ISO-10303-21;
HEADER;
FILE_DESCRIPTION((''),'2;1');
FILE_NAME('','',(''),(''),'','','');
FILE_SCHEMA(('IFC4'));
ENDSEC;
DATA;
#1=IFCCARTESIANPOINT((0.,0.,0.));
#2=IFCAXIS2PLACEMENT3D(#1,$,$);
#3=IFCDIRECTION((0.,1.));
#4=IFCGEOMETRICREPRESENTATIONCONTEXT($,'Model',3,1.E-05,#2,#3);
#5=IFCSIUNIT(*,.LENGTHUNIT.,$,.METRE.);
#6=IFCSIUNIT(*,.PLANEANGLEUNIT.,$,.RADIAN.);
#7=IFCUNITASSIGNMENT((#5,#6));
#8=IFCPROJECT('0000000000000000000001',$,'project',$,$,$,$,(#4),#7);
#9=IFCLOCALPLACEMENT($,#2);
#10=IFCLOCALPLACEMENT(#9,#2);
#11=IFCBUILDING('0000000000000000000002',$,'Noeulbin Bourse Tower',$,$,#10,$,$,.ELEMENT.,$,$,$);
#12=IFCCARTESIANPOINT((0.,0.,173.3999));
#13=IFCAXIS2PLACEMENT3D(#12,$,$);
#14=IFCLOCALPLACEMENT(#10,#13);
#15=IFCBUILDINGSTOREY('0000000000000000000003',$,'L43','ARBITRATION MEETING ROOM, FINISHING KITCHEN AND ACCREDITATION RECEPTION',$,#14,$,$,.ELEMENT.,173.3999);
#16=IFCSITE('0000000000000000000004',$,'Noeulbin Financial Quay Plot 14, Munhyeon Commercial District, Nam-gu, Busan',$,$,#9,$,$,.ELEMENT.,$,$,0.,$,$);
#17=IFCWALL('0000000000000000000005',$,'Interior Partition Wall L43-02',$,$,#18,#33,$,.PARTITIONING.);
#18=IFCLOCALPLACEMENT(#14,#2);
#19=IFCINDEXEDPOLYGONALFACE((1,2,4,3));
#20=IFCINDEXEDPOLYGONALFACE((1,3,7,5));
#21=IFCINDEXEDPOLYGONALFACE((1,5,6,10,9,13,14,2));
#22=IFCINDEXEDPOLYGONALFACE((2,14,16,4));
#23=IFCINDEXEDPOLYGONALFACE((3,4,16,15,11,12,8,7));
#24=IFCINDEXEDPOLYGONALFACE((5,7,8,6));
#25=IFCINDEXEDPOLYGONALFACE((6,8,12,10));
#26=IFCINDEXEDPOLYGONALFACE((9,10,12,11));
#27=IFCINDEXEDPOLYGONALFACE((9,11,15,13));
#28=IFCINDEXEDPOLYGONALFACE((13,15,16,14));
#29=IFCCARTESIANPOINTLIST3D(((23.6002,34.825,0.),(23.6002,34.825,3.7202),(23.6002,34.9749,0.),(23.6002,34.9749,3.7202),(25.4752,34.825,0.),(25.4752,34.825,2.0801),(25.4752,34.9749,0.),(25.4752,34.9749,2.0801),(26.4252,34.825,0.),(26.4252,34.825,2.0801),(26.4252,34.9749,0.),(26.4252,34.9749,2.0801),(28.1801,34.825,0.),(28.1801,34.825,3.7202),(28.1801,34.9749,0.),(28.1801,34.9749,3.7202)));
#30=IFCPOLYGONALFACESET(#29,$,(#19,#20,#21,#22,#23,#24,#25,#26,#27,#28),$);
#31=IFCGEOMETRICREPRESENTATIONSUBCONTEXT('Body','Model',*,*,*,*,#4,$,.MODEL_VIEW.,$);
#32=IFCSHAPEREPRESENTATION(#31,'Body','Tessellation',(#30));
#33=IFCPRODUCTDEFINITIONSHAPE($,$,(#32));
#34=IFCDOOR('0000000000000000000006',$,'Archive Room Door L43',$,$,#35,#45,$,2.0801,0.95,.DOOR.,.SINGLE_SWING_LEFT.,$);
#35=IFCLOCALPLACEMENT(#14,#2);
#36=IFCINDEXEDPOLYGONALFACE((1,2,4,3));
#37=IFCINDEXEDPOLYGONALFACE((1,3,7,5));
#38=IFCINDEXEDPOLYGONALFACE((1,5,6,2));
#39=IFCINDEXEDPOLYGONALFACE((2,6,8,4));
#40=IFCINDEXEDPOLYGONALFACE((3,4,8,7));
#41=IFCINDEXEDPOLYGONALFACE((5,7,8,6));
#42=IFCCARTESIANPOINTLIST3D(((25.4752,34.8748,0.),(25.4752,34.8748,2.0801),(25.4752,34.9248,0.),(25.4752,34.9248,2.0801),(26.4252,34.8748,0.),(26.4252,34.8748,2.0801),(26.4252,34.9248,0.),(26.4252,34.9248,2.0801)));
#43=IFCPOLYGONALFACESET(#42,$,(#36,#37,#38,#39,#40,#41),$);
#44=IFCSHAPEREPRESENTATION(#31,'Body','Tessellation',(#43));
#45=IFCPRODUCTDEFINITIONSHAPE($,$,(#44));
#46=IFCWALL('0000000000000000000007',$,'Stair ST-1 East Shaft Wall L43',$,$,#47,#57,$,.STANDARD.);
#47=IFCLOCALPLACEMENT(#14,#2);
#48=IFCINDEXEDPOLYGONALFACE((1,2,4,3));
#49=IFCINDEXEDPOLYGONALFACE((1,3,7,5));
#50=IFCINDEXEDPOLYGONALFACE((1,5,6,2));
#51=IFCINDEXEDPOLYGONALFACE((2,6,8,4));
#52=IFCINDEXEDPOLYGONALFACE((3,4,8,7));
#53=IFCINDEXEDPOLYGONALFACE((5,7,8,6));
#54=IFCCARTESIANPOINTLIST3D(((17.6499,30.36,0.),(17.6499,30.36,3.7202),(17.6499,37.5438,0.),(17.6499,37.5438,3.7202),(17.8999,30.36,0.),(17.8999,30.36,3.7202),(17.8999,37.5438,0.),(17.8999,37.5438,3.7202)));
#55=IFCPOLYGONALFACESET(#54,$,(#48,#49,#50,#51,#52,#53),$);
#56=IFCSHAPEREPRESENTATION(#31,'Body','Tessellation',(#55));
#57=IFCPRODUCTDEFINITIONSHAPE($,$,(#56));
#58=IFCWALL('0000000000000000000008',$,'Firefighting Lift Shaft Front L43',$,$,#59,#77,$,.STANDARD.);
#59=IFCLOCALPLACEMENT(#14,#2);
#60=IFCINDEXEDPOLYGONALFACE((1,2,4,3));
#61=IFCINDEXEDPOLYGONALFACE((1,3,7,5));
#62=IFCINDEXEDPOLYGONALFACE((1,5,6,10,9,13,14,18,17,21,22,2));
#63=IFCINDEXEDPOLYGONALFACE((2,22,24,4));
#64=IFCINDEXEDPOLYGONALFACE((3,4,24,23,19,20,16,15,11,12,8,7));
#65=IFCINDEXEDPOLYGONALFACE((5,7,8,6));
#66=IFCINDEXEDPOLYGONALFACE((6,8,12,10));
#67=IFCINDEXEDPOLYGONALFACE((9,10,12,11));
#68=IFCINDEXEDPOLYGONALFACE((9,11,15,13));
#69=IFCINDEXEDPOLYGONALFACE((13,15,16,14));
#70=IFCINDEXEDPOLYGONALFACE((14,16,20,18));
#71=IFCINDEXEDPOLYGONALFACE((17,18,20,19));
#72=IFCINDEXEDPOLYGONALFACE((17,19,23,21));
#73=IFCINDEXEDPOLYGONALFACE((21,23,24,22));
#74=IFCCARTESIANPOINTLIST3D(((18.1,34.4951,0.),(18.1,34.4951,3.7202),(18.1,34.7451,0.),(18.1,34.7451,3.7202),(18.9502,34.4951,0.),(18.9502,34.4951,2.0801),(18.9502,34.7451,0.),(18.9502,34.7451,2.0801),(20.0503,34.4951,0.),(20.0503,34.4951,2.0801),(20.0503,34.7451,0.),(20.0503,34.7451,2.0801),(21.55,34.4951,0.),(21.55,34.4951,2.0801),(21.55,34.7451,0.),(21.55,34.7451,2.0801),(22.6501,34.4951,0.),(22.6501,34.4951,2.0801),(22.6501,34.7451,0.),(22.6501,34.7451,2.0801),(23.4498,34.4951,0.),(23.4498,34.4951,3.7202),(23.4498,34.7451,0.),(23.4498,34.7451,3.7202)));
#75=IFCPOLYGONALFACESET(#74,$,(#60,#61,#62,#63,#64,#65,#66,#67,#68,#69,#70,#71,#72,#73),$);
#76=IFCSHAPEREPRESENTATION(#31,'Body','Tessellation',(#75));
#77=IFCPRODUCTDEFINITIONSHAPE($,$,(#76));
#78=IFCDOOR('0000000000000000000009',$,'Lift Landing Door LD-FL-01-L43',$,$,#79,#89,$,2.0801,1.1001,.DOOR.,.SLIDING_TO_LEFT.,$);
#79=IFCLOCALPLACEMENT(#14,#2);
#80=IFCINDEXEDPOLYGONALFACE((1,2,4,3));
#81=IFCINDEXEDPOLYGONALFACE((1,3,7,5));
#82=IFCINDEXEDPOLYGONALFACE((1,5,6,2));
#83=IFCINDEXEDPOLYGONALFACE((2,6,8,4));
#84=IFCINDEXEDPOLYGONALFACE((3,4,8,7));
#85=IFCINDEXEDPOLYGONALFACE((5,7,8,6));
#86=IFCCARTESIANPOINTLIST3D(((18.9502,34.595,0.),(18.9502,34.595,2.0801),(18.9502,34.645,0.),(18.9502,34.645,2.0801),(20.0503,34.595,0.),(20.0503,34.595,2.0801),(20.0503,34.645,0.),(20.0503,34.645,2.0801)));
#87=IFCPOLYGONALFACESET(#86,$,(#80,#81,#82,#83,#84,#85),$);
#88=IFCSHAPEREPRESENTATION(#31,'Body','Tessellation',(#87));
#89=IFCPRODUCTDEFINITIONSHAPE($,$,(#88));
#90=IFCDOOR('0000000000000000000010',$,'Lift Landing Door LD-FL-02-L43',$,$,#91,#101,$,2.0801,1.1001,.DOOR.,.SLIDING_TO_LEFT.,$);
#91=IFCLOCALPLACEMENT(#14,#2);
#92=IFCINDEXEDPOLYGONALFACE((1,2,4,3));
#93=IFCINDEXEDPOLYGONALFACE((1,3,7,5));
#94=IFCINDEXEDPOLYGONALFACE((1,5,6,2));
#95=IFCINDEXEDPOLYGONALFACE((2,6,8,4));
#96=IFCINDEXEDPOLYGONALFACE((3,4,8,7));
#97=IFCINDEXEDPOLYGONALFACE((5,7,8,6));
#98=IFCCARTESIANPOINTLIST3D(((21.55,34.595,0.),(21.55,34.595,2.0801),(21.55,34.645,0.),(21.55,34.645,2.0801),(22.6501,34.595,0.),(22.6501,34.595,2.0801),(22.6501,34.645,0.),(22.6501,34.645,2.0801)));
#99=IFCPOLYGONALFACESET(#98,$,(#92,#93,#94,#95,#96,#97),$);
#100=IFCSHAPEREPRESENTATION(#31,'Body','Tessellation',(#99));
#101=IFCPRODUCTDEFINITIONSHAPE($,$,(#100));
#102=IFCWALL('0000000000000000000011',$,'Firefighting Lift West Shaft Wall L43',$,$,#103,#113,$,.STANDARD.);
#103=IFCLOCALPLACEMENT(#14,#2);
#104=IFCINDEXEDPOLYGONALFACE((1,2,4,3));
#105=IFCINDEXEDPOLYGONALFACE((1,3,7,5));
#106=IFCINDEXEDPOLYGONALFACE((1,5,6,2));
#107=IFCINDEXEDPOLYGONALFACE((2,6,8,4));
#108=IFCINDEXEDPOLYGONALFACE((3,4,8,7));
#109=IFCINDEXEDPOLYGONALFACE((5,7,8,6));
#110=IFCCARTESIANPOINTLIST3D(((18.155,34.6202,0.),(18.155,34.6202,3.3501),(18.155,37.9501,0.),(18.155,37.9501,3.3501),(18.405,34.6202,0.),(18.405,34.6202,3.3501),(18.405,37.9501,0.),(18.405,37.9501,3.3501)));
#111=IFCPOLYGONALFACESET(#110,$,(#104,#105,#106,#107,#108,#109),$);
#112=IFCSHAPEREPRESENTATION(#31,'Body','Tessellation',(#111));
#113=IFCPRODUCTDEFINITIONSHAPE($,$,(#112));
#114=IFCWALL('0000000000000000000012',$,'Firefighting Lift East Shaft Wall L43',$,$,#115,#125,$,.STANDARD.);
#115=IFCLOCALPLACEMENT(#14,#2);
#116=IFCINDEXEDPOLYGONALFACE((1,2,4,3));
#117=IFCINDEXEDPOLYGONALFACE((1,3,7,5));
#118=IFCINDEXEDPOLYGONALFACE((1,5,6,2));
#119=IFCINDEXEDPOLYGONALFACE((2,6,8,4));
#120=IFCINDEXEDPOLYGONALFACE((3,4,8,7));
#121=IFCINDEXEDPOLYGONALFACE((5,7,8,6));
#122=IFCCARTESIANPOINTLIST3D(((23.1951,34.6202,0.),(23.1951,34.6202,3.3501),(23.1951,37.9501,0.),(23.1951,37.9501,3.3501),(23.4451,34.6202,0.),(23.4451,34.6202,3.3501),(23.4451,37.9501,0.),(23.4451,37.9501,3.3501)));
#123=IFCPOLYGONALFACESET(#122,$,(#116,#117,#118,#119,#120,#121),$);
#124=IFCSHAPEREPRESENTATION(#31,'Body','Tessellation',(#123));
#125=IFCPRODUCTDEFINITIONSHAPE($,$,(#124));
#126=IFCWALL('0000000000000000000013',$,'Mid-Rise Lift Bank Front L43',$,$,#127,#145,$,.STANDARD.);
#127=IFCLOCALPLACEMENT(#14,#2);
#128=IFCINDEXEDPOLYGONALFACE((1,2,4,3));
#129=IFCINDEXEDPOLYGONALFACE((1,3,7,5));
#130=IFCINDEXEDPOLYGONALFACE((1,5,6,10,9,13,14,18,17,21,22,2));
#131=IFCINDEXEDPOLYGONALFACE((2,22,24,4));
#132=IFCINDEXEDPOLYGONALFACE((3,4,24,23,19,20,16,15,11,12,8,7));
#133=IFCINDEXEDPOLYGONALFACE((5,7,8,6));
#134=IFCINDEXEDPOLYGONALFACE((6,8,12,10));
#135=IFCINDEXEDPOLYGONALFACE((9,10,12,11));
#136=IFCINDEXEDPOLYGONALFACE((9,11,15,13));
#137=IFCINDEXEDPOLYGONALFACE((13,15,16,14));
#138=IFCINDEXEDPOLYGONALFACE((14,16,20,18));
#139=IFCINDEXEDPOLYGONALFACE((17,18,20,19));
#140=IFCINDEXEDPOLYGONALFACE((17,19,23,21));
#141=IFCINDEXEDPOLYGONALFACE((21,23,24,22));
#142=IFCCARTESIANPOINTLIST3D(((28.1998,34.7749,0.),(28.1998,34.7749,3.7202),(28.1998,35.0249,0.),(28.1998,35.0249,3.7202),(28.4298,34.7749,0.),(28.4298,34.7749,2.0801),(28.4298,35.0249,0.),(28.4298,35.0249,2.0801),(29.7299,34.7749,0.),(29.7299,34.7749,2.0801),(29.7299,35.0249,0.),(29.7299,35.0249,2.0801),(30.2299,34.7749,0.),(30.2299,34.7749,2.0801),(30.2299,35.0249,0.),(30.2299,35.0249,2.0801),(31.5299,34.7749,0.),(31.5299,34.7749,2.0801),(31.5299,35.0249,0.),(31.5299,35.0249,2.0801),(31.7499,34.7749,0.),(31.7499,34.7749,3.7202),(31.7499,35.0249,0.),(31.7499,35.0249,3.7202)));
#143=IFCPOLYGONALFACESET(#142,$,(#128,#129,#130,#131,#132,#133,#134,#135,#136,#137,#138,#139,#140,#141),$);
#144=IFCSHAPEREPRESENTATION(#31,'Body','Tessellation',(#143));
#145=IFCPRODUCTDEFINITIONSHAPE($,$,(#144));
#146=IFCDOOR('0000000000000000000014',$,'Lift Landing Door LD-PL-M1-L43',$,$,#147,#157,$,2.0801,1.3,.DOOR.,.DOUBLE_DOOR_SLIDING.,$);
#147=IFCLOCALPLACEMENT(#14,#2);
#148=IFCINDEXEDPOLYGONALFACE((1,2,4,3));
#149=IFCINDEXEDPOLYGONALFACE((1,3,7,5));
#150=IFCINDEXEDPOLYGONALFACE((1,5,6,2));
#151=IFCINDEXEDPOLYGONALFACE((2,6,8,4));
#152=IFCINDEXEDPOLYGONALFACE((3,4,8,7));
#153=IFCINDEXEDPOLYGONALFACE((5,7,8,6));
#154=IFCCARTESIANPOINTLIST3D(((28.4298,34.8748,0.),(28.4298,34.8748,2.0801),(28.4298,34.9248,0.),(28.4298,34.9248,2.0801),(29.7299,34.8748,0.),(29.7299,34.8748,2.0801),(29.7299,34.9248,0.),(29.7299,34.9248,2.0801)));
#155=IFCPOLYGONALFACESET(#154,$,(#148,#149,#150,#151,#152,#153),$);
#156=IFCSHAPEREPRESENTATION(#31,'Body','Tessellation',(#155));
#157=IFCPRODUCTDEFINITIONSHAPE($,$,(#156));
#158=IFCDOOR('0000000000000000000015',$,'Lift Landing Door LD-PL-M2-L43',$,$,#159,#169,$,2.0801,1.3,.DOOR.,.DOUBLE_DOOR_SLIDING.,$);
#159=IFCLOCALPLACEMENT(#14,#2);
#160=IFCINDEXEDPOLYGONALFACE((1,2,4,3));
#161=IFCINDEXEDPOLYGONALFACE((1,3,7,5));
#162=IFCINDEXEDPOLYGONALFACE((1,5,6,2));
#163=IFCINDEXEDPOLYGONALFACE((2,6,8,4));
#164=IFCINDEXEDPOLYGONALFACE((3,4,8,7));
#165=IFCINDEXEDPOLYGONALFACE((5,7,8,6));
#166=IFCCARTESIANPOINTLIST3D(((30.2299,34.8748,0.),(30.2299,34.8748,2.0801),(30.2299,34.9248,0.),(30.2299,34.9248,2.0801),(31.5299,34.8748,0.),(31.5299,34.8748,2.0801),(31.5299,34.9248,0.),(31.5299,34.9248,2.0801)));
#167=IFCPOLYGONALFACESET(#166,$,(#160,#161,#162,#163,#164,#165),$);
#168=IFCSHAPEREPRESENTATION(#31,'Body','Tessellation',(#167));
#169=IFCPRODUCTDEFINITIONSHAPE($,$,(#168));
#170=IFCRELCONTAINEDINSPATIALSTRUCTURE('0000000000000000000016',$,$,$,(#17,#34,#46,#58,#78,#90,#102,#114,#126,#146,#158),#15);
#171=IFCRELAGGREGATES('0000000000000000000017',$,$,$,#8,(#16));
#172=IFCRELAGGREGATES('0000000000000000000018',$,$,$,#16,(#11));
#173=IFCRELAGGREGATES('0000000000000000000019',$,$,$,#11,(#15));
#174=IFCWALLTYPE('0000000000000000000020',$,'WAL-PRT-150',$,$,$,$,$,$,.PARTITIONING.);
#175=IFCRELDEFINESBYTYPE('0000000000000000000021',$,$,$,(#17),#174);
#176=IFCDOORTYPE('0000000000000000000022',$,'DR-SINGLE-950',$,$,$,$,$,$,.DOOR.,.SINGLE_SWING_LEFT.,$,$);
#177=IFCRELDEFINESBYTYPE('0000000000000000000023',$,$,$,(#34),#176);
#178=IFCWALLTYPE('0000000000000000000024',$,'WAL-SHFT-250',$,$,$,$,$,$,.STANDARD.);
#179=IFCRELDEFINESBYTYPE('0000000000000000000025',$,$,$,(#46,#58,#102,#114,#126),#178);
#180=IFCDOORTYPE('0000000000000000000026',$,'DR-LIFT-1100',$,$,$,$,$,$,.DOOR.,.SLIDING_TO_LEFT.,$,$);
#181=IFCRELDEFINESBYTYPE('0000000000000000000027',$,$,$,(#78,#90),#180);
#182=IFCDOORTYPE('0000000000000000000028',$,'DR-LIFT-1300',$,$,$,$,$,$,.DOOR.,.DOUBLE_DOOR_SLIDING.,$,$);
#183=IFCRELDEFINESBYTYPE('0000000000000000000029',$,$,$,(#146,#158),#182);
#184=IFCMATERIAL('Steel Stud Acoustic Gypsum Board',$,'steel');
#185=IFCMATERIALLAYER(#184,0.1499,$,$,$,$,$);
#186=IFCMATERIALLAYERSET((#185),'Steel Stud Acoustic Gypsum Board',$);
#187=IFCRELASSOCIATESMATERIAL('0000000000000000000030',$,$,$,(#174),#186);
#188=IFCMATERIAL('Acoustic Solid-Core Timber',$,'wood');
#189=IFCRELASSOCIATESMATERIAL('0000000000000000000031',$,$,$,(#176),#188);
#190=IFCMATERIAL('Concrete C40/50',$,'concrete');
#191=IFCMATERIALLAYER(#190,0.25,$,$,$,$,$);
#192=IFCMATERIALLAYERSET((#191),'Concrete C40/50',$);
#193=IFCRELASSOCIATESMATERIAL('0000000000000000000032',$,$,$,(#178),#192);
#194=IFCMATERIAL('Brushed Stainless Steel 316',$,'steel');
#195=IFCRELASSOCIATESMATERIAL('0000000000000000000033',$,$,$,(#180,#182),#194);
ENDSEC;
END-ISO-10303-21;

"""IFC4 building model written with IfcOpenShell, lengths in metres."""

from ifc_helpers import new_model, si_unit, direction, frame, frame_2d, origin, place, context, subcontext, project, spatial, rectangle, extrude, material, layer, layer_set, type_object, element, fill, save


model = new_model("IFC4")

# Units and contexts
model_context = context("Model", 3, precision=1e-05, world=origin(), true_north=direction((0.0, 1.0)))
body_context = subcontext(model_context, "Body", "Model", "MODEL_VIEW")
ifc_project = project(units=[si_unit("LENGTHUNIT", "METRE"), si_unit("PLANEANGLEUNIT", "RADIAN")], contexts=[model_context])

# Site, building, storey
site_placement = place(None, origin())
site = spatial("IfcSite", under=ifc_project, at=site_placement, Name="Noeulbin Financial Quay Plot 14, Munhyeon Commercial District, Nam-gu, Busan", CompositionType="ELEMENT", RefElevation=0.0)
building_placement = place(site_placement, origin())
building = spatial("IfcBuilding", under=site, at=building_placement, Name="Noeulbin Bourse Tower", CompositionType="ELEMENT")
storey_placement = place(building_placement, frame((0.0, 0.0, 173.3999)))
storey = spatial("IfcBuildingStorey", under=building, at=storey_placement, Name="L43", Description="ARBITRATION MEETING ROOM, FINISHING KITCHEN AND ACCREDITATION RECEPTION", CompositionType="ELEMENT", Elevation=173.3999)

# Shared definitions
ifc_material_1 = material(Name="Concrete C40/50", Category="concrete")

# Wall, opening, door
ifc_material_2 = material(Name="Steel Stud Acoustic Gypsum Board", Category="steel")
ifc_layer_1 = layer(ifc_material_2, 0.1499)
ifc_layer_set_1 = layer_set([ifc_layer_1], Name="Steel Stud Acoustic Gypsum Board")
wall_type_1 = type_object("IfcWallType", Name="WAL-PRT-150", PredefinedType="PARTITIONING", material=ifc_layer_set_1)
wall_1_placement = place(storey_placement, frame((23.6001, 34.8999, 0.0), z_axis=(0.0, 0.0, 1.0), x_axis=(1.0, 0.0, 0.0)))
wall_1 = element("IfcWall", 1, at=wall_1_placement, inside=storey, type_object=wall_type_1, Name="Interior Partition Wall L43-02", PredefinedType="PARTITIONING", context=body_context, shape_type="SweptSolid", body=[
    extrude(rectangle(XDim=4.5798, YDim=0.1499, at=frame_2d((2.29, 0.0))), origin(), (0.0, 0.0, 1.0), 3.7202),
])
opening_1_placement = place(wall_1_placement, frame((1.875, 0.0, 0.0)))
opening_1 = element("IfcOpeningElement", 2, at=opening_1_placement, cuts=wall_1, PredefinedType="OPENING", context=body_context, shape_type="SweptSolid", body=[
    extrude(rectangle(XDim=0.95, YDim=2.0801, at=frame_2d((0.4751, 1.04))), frame((0.0, 0.085, 0.0), z_axis=(0.0, -1.0, 0.0), x_axis=(1.0, 0.0, 0.0)), (0.0, 0.0, 1.0), 0.1699),
])
ifc_material_3 = material(Name="Acoustic Solid-Core Timber", Category="wood")
door_type_1 = type_object("IfcDoorType", Name="DR-SINGLE-950", OperationType="SINGLE_SWING_LEFT", PredefinedType="DOOR", material=ifc_material_3)
door_1_placement = place(opening_1_placement, origin())
door_1 = element("IfcDoor", 3, at=door_1_placement, inside=storey, type_object=door_type_1, Name="Archive Room Door L43", OperationType="SINGLE_SWING_LEFT", OverallHeight=2.0801, OverallWidth=0.95, PredefinedType="DOOR", context=body_context, shape_type="SweptSolid", body=[
    extrude(rectangle(XDim=0.95, YDim=2.0801, at=frame_2d((0.4751, 1.04))), frame((0.0, 0.0249, 0.0), z_axis=(0.0, -1.0, 0.0), x_axis=(1.0, 0.0, 0.0)), (0.0, 0.0, 1.0), 0.05),
])
fill(opening_1, door_1)

# Wall
ifc_layer_2 = layer(ifc_material_1, 0.25)
ifc_layer_set_2 = layer_set([ifc_layer_2], Name="Concrete C40/50")
wall_type_2 = type_object("IfcWallType", Name="WAL-SHFT-250", PredefinedType="STANDARD", material=ifc_layer_set_2)
wall_2_placement = place(storey_placement, frame((17.7749, 30.3601, 0.0), z_axis=(0.0, 0.0, 1.0), x_axis=(0.0, 1.0, 0.0)))
element("IfcWall", 4, at=wall_2_placement, inside=storey, type_object=wall_type_2, Name="Stair ST-1 East Shaft Wall L43", PredefinedType="STANDARD", context=body_context, shape_type="SweptSolid", body=[
    extrude(rectangle(XDim=7.1838, YDim=0.25, at=frame_2d((3.5918, 0.0))), origin(), (0.0, 0.0, 1.0), 3.7202),
])

# Wall, openings, doors
wall_3_placement = place(storey_placement, frame((18.1001, 34.6201, 0.0), z_axis=(0.0, 0.0, 1.0), x_axis=(1.0, 0.0, 0.0)))
wall_3 = element("IfcWall", 5, at=wall_3_placement, inside=storey, type_object=wall_type_2, Name="Firefighting Lift Shaft Front L43", PredefinedType="STANDARD", context=body_context, shape_type="SweptSolid", body=[
    extrude(rectangle(XDim=5.3499, YDim=0.25, at=frame_2d((2.6748, 0.0))), origin(), (0.0, 0.0, 1.0), 3.7202),
])
opening_2_placement = place(wall_3_placement, frame((0.8501, 0.0, 0.0)))
opening_2 = element("IfcOpeningElement", 6, at=opening_2_placement, cuts=wall_3, PredefinedType="OPENING", context=body_context, shape_type="SweptSolid", body=[
    extrude(rectangle(XDim=1.1001, YDim=2.0801, at=frame_2d((0.55, 1.04))), frame((0.0, 0.135, 0.0), z_axis=(0.0, -1.0, 0.0), x_axis=(1.0, 0.0, 0.0)), (0.0, 0.0, 1.0), 0.27),
])
opening_3_placement = place(wall_3_placement, frame((3.45, 0.0, 0.0)))
opening_3 = element("IfcOpeningElement", 7, at=opening_3_placement, cuts=wall_3, PredefinedType="OPENING", context=body_context, shape_type="SweptSolid", body=[
    extrude(rectangle(XDim=1.1001, YDim=2.0801, at=frame_2d((0.55, 1.04))), frame((0.0, 0.135, 0.0), z_axis=(0.0, -1.0, 0.0), x_axis=(1.0, 0.0, 0.0)), (0.0, 0.0, 1.0), 0.27),
])
ifc_material_4 = material(Name="Brushed Stainless Steel 316", Category="steel")
door_type_2 = type_object("IfcDoorType", Name="DR-LIFT-1100", OperationType="SLIDING_TO_LEFT", PredefinedType="DOOR", material=ifc_material_4)
door_2_placement = place(opening_2_placement, origin())
door_2 = element("IfcDoor", 8, at=door_2_placement, inside=storey, type_object=door_type_2, Name="Lift Landing Door LD-FL-01-L43", OperationType="SLIDING_TO_LEFT", OverallHeight=2.0801, OverallWidth=1.1001, PredefinedType="DOOR", context=body_context, shape_type="SweptSolid", body=[
    extrude(rectangle(XDim=1.1001, YDim=2.0801, at=frame_2d((0.55, 1.04))), frame((0.0, 0.0249, 0.0), z_axis=(0.0, -1.0, 0.0), x_axis=(1.0, 0.0, 0.0)), (0.0, 0.0, 1.0), 0.05),
])
fill(opening_2, door_2)
door_3_placement = place(opening_3_placement, origin())
door_3 = element("IfcDoor", 9, at=door_3_placement, inside=storey, type_object=door_type_2, Name="Lift Landing Door LD-FL-02-L43", OperationType="SLIDING_TO_LEFT", OverallHeight=2.0801, OverallWidth=1.1001, PredefinedType="DOOR", context=body_context, shape_type="SweptSolid", body=[
    extrude(rectangle(XDim=1.1001, YDim=2.0801, at=frame_2d((0.55, 1.04))), frame((0.0, 0.0249, 0.0), z_axis=(0.0, -1.0, 0.0), x_axis=(1.0, 0.0, 0.0)), (0.0, 0.0, 1.0), 0.05),
])
fill(opening_3, door_3)

# Walls
for number, where, z_axis, x_axis, name in (
    (10, (18.28, 34.6201, 0.0), (0.0, 0.0, 1.0), (0.0, 1.0, 0.0), "Firefighting Lift West Shaft Wall L43"),
    (11, (23.3201, 34.6201, 0.0), (0.0, 0.0, 1.0), (0.0, 1.0, 0.0), "Firefighting Lift East Shaft Wall L43"),
):
    element("IfcWall", number, at=place(storey_placement, frame(where, z_axis=z_axis, x_axis=x_axis)), inside=storey, type_object=wall_type_2, Name=name, PredefinedType="STANDARD", context=body_context, shape_type="SweptSolid", body=[
        extrude(rectangle(XDim=3.3298, YDim=0.25, at=frame_2d((1.665, 0.0))), origin(), (0.0, 0.0, 1.0), 3.3501),
    ])

# Wall, openings, doors
wall_4_placement = place(storey_placement, frame((28.2, 34.8999, 0.0), z_axis=(0.0, 0.0, 1.0), x_axis=(1.0, 0.0, 0.0)))
wall_4 = element("IfcWall", 12, at=wall_4_placement, inside=storey, type_object=wall_type_2, Name="Mid-Rise Lift Bank Front L43", PredefinedType="STANDARD", context=body_context, shape_type="SweptSolid", body=[
    extrude(rectangle(XDim=3.55, YDim=0.25, at=frame_2d((1.7749, 0.0))), origin(), (0.0, 0.0, 1.0), 3.7202),
])
opening_4_placement = place(wall_4_placement, frame((0.23, 0.0, 0.0)))
opening_4 = element("IfcOpeningElement", 13, at=opening_4_placement, cuts=wall_4, PredefinedType="OPENING", context=body_context, shape_type="SweptSolid", body=[
    extrude(rectangle(XDim=1.3, YDim=2.0801, at=frame_2d((0.6499, 1.04))), frame((0.0, 0.135, 0.0), z_axis=(0.0, -1.0, 0.0), x_axis=(1.0, 0.0, 0.0)), (0.0, 0.0, 1.0), 0.27),
])
opening_5_placement = place(wall_4_placement, frame((2.03, 0.0, 0.0)))
opening_5 = element("IfcOpeningElement", 14, at=opening_5_placement, cuts=wall_4, PredefinedType="OPENING", context=body_context, shape_type="SweptSolid", body=[
    extrude(rectangle(XDim=1.3, YDim=2.0801, at=frame_2d((0.6499, 1.04))), frame((0.0, 0.135, 0.0), z_axis=(0.0, -1.0, 0.0), x_axis=(1.0, 0.0, 0.0)), (0.0, 0.0, 1.0), 0.27),
])
door_type_3 = type_object("IfcDoorType", Name="DR-LIFT-1300", OperationType="DOUBLE_DOOR_SLIDING", PredefinedType="DOOR", material=ifc_material_4)
door_4_placement = place(opening_4_placement, origin())
door_4 = element("IfcDoor", 15, at=door_4_placement, inside=storey, type_object=door_type_3, Name="Lift Landing Door LD-PL-M1-L43", OperationType="DOUBLE_DOOR_SLIDING", OverallHeight=2.0801, OverallWidth=1.3, PredefinedType="DOOR", context=body_context, shape_type="SweptSolid", body=[
    extrude(rectangle(XDim=1.3, YDim=2.0801, at=frame_2d((0.6499, 1.04))), frame((0.0, 0.0249, 0.0), z_axis=(0.0, -1.0, 0.0), x_axis=(1.0, 0.0, 0.0)), (0.0, 0.0, 1.0), 0.05),
])
fill(opening_4, door_4)
door_5_placement = place(opening_5_placement, origin())
door_5 = element("IfcDoor", 16, at=door_5_placement, inside=storey, type_object=door_type_3, Name="Lift Landing Door LD-PL-M2-L43", OperationType="DOUBLE_DOOR_SLIDING", OverallHeight=2.0801, OverallWidth=1.3, PredefinedType="DOOR", context=body_context, shape_type="SweptSolid", body=[
    extrude(rectangle(XDim=1.3, YDim=2.0801, at=frame_2d((0.6499, 1.04))), frame((0.0, 0.0249, 0.0), z_axis=(0.0, -1.0, 0.0), x_axis=(1.0, 0.0, 0.0)), (0.0, 0.0, 1.0), 0.05),
])
fill(opening_5, door_5)

save(model, "model.ifc")
